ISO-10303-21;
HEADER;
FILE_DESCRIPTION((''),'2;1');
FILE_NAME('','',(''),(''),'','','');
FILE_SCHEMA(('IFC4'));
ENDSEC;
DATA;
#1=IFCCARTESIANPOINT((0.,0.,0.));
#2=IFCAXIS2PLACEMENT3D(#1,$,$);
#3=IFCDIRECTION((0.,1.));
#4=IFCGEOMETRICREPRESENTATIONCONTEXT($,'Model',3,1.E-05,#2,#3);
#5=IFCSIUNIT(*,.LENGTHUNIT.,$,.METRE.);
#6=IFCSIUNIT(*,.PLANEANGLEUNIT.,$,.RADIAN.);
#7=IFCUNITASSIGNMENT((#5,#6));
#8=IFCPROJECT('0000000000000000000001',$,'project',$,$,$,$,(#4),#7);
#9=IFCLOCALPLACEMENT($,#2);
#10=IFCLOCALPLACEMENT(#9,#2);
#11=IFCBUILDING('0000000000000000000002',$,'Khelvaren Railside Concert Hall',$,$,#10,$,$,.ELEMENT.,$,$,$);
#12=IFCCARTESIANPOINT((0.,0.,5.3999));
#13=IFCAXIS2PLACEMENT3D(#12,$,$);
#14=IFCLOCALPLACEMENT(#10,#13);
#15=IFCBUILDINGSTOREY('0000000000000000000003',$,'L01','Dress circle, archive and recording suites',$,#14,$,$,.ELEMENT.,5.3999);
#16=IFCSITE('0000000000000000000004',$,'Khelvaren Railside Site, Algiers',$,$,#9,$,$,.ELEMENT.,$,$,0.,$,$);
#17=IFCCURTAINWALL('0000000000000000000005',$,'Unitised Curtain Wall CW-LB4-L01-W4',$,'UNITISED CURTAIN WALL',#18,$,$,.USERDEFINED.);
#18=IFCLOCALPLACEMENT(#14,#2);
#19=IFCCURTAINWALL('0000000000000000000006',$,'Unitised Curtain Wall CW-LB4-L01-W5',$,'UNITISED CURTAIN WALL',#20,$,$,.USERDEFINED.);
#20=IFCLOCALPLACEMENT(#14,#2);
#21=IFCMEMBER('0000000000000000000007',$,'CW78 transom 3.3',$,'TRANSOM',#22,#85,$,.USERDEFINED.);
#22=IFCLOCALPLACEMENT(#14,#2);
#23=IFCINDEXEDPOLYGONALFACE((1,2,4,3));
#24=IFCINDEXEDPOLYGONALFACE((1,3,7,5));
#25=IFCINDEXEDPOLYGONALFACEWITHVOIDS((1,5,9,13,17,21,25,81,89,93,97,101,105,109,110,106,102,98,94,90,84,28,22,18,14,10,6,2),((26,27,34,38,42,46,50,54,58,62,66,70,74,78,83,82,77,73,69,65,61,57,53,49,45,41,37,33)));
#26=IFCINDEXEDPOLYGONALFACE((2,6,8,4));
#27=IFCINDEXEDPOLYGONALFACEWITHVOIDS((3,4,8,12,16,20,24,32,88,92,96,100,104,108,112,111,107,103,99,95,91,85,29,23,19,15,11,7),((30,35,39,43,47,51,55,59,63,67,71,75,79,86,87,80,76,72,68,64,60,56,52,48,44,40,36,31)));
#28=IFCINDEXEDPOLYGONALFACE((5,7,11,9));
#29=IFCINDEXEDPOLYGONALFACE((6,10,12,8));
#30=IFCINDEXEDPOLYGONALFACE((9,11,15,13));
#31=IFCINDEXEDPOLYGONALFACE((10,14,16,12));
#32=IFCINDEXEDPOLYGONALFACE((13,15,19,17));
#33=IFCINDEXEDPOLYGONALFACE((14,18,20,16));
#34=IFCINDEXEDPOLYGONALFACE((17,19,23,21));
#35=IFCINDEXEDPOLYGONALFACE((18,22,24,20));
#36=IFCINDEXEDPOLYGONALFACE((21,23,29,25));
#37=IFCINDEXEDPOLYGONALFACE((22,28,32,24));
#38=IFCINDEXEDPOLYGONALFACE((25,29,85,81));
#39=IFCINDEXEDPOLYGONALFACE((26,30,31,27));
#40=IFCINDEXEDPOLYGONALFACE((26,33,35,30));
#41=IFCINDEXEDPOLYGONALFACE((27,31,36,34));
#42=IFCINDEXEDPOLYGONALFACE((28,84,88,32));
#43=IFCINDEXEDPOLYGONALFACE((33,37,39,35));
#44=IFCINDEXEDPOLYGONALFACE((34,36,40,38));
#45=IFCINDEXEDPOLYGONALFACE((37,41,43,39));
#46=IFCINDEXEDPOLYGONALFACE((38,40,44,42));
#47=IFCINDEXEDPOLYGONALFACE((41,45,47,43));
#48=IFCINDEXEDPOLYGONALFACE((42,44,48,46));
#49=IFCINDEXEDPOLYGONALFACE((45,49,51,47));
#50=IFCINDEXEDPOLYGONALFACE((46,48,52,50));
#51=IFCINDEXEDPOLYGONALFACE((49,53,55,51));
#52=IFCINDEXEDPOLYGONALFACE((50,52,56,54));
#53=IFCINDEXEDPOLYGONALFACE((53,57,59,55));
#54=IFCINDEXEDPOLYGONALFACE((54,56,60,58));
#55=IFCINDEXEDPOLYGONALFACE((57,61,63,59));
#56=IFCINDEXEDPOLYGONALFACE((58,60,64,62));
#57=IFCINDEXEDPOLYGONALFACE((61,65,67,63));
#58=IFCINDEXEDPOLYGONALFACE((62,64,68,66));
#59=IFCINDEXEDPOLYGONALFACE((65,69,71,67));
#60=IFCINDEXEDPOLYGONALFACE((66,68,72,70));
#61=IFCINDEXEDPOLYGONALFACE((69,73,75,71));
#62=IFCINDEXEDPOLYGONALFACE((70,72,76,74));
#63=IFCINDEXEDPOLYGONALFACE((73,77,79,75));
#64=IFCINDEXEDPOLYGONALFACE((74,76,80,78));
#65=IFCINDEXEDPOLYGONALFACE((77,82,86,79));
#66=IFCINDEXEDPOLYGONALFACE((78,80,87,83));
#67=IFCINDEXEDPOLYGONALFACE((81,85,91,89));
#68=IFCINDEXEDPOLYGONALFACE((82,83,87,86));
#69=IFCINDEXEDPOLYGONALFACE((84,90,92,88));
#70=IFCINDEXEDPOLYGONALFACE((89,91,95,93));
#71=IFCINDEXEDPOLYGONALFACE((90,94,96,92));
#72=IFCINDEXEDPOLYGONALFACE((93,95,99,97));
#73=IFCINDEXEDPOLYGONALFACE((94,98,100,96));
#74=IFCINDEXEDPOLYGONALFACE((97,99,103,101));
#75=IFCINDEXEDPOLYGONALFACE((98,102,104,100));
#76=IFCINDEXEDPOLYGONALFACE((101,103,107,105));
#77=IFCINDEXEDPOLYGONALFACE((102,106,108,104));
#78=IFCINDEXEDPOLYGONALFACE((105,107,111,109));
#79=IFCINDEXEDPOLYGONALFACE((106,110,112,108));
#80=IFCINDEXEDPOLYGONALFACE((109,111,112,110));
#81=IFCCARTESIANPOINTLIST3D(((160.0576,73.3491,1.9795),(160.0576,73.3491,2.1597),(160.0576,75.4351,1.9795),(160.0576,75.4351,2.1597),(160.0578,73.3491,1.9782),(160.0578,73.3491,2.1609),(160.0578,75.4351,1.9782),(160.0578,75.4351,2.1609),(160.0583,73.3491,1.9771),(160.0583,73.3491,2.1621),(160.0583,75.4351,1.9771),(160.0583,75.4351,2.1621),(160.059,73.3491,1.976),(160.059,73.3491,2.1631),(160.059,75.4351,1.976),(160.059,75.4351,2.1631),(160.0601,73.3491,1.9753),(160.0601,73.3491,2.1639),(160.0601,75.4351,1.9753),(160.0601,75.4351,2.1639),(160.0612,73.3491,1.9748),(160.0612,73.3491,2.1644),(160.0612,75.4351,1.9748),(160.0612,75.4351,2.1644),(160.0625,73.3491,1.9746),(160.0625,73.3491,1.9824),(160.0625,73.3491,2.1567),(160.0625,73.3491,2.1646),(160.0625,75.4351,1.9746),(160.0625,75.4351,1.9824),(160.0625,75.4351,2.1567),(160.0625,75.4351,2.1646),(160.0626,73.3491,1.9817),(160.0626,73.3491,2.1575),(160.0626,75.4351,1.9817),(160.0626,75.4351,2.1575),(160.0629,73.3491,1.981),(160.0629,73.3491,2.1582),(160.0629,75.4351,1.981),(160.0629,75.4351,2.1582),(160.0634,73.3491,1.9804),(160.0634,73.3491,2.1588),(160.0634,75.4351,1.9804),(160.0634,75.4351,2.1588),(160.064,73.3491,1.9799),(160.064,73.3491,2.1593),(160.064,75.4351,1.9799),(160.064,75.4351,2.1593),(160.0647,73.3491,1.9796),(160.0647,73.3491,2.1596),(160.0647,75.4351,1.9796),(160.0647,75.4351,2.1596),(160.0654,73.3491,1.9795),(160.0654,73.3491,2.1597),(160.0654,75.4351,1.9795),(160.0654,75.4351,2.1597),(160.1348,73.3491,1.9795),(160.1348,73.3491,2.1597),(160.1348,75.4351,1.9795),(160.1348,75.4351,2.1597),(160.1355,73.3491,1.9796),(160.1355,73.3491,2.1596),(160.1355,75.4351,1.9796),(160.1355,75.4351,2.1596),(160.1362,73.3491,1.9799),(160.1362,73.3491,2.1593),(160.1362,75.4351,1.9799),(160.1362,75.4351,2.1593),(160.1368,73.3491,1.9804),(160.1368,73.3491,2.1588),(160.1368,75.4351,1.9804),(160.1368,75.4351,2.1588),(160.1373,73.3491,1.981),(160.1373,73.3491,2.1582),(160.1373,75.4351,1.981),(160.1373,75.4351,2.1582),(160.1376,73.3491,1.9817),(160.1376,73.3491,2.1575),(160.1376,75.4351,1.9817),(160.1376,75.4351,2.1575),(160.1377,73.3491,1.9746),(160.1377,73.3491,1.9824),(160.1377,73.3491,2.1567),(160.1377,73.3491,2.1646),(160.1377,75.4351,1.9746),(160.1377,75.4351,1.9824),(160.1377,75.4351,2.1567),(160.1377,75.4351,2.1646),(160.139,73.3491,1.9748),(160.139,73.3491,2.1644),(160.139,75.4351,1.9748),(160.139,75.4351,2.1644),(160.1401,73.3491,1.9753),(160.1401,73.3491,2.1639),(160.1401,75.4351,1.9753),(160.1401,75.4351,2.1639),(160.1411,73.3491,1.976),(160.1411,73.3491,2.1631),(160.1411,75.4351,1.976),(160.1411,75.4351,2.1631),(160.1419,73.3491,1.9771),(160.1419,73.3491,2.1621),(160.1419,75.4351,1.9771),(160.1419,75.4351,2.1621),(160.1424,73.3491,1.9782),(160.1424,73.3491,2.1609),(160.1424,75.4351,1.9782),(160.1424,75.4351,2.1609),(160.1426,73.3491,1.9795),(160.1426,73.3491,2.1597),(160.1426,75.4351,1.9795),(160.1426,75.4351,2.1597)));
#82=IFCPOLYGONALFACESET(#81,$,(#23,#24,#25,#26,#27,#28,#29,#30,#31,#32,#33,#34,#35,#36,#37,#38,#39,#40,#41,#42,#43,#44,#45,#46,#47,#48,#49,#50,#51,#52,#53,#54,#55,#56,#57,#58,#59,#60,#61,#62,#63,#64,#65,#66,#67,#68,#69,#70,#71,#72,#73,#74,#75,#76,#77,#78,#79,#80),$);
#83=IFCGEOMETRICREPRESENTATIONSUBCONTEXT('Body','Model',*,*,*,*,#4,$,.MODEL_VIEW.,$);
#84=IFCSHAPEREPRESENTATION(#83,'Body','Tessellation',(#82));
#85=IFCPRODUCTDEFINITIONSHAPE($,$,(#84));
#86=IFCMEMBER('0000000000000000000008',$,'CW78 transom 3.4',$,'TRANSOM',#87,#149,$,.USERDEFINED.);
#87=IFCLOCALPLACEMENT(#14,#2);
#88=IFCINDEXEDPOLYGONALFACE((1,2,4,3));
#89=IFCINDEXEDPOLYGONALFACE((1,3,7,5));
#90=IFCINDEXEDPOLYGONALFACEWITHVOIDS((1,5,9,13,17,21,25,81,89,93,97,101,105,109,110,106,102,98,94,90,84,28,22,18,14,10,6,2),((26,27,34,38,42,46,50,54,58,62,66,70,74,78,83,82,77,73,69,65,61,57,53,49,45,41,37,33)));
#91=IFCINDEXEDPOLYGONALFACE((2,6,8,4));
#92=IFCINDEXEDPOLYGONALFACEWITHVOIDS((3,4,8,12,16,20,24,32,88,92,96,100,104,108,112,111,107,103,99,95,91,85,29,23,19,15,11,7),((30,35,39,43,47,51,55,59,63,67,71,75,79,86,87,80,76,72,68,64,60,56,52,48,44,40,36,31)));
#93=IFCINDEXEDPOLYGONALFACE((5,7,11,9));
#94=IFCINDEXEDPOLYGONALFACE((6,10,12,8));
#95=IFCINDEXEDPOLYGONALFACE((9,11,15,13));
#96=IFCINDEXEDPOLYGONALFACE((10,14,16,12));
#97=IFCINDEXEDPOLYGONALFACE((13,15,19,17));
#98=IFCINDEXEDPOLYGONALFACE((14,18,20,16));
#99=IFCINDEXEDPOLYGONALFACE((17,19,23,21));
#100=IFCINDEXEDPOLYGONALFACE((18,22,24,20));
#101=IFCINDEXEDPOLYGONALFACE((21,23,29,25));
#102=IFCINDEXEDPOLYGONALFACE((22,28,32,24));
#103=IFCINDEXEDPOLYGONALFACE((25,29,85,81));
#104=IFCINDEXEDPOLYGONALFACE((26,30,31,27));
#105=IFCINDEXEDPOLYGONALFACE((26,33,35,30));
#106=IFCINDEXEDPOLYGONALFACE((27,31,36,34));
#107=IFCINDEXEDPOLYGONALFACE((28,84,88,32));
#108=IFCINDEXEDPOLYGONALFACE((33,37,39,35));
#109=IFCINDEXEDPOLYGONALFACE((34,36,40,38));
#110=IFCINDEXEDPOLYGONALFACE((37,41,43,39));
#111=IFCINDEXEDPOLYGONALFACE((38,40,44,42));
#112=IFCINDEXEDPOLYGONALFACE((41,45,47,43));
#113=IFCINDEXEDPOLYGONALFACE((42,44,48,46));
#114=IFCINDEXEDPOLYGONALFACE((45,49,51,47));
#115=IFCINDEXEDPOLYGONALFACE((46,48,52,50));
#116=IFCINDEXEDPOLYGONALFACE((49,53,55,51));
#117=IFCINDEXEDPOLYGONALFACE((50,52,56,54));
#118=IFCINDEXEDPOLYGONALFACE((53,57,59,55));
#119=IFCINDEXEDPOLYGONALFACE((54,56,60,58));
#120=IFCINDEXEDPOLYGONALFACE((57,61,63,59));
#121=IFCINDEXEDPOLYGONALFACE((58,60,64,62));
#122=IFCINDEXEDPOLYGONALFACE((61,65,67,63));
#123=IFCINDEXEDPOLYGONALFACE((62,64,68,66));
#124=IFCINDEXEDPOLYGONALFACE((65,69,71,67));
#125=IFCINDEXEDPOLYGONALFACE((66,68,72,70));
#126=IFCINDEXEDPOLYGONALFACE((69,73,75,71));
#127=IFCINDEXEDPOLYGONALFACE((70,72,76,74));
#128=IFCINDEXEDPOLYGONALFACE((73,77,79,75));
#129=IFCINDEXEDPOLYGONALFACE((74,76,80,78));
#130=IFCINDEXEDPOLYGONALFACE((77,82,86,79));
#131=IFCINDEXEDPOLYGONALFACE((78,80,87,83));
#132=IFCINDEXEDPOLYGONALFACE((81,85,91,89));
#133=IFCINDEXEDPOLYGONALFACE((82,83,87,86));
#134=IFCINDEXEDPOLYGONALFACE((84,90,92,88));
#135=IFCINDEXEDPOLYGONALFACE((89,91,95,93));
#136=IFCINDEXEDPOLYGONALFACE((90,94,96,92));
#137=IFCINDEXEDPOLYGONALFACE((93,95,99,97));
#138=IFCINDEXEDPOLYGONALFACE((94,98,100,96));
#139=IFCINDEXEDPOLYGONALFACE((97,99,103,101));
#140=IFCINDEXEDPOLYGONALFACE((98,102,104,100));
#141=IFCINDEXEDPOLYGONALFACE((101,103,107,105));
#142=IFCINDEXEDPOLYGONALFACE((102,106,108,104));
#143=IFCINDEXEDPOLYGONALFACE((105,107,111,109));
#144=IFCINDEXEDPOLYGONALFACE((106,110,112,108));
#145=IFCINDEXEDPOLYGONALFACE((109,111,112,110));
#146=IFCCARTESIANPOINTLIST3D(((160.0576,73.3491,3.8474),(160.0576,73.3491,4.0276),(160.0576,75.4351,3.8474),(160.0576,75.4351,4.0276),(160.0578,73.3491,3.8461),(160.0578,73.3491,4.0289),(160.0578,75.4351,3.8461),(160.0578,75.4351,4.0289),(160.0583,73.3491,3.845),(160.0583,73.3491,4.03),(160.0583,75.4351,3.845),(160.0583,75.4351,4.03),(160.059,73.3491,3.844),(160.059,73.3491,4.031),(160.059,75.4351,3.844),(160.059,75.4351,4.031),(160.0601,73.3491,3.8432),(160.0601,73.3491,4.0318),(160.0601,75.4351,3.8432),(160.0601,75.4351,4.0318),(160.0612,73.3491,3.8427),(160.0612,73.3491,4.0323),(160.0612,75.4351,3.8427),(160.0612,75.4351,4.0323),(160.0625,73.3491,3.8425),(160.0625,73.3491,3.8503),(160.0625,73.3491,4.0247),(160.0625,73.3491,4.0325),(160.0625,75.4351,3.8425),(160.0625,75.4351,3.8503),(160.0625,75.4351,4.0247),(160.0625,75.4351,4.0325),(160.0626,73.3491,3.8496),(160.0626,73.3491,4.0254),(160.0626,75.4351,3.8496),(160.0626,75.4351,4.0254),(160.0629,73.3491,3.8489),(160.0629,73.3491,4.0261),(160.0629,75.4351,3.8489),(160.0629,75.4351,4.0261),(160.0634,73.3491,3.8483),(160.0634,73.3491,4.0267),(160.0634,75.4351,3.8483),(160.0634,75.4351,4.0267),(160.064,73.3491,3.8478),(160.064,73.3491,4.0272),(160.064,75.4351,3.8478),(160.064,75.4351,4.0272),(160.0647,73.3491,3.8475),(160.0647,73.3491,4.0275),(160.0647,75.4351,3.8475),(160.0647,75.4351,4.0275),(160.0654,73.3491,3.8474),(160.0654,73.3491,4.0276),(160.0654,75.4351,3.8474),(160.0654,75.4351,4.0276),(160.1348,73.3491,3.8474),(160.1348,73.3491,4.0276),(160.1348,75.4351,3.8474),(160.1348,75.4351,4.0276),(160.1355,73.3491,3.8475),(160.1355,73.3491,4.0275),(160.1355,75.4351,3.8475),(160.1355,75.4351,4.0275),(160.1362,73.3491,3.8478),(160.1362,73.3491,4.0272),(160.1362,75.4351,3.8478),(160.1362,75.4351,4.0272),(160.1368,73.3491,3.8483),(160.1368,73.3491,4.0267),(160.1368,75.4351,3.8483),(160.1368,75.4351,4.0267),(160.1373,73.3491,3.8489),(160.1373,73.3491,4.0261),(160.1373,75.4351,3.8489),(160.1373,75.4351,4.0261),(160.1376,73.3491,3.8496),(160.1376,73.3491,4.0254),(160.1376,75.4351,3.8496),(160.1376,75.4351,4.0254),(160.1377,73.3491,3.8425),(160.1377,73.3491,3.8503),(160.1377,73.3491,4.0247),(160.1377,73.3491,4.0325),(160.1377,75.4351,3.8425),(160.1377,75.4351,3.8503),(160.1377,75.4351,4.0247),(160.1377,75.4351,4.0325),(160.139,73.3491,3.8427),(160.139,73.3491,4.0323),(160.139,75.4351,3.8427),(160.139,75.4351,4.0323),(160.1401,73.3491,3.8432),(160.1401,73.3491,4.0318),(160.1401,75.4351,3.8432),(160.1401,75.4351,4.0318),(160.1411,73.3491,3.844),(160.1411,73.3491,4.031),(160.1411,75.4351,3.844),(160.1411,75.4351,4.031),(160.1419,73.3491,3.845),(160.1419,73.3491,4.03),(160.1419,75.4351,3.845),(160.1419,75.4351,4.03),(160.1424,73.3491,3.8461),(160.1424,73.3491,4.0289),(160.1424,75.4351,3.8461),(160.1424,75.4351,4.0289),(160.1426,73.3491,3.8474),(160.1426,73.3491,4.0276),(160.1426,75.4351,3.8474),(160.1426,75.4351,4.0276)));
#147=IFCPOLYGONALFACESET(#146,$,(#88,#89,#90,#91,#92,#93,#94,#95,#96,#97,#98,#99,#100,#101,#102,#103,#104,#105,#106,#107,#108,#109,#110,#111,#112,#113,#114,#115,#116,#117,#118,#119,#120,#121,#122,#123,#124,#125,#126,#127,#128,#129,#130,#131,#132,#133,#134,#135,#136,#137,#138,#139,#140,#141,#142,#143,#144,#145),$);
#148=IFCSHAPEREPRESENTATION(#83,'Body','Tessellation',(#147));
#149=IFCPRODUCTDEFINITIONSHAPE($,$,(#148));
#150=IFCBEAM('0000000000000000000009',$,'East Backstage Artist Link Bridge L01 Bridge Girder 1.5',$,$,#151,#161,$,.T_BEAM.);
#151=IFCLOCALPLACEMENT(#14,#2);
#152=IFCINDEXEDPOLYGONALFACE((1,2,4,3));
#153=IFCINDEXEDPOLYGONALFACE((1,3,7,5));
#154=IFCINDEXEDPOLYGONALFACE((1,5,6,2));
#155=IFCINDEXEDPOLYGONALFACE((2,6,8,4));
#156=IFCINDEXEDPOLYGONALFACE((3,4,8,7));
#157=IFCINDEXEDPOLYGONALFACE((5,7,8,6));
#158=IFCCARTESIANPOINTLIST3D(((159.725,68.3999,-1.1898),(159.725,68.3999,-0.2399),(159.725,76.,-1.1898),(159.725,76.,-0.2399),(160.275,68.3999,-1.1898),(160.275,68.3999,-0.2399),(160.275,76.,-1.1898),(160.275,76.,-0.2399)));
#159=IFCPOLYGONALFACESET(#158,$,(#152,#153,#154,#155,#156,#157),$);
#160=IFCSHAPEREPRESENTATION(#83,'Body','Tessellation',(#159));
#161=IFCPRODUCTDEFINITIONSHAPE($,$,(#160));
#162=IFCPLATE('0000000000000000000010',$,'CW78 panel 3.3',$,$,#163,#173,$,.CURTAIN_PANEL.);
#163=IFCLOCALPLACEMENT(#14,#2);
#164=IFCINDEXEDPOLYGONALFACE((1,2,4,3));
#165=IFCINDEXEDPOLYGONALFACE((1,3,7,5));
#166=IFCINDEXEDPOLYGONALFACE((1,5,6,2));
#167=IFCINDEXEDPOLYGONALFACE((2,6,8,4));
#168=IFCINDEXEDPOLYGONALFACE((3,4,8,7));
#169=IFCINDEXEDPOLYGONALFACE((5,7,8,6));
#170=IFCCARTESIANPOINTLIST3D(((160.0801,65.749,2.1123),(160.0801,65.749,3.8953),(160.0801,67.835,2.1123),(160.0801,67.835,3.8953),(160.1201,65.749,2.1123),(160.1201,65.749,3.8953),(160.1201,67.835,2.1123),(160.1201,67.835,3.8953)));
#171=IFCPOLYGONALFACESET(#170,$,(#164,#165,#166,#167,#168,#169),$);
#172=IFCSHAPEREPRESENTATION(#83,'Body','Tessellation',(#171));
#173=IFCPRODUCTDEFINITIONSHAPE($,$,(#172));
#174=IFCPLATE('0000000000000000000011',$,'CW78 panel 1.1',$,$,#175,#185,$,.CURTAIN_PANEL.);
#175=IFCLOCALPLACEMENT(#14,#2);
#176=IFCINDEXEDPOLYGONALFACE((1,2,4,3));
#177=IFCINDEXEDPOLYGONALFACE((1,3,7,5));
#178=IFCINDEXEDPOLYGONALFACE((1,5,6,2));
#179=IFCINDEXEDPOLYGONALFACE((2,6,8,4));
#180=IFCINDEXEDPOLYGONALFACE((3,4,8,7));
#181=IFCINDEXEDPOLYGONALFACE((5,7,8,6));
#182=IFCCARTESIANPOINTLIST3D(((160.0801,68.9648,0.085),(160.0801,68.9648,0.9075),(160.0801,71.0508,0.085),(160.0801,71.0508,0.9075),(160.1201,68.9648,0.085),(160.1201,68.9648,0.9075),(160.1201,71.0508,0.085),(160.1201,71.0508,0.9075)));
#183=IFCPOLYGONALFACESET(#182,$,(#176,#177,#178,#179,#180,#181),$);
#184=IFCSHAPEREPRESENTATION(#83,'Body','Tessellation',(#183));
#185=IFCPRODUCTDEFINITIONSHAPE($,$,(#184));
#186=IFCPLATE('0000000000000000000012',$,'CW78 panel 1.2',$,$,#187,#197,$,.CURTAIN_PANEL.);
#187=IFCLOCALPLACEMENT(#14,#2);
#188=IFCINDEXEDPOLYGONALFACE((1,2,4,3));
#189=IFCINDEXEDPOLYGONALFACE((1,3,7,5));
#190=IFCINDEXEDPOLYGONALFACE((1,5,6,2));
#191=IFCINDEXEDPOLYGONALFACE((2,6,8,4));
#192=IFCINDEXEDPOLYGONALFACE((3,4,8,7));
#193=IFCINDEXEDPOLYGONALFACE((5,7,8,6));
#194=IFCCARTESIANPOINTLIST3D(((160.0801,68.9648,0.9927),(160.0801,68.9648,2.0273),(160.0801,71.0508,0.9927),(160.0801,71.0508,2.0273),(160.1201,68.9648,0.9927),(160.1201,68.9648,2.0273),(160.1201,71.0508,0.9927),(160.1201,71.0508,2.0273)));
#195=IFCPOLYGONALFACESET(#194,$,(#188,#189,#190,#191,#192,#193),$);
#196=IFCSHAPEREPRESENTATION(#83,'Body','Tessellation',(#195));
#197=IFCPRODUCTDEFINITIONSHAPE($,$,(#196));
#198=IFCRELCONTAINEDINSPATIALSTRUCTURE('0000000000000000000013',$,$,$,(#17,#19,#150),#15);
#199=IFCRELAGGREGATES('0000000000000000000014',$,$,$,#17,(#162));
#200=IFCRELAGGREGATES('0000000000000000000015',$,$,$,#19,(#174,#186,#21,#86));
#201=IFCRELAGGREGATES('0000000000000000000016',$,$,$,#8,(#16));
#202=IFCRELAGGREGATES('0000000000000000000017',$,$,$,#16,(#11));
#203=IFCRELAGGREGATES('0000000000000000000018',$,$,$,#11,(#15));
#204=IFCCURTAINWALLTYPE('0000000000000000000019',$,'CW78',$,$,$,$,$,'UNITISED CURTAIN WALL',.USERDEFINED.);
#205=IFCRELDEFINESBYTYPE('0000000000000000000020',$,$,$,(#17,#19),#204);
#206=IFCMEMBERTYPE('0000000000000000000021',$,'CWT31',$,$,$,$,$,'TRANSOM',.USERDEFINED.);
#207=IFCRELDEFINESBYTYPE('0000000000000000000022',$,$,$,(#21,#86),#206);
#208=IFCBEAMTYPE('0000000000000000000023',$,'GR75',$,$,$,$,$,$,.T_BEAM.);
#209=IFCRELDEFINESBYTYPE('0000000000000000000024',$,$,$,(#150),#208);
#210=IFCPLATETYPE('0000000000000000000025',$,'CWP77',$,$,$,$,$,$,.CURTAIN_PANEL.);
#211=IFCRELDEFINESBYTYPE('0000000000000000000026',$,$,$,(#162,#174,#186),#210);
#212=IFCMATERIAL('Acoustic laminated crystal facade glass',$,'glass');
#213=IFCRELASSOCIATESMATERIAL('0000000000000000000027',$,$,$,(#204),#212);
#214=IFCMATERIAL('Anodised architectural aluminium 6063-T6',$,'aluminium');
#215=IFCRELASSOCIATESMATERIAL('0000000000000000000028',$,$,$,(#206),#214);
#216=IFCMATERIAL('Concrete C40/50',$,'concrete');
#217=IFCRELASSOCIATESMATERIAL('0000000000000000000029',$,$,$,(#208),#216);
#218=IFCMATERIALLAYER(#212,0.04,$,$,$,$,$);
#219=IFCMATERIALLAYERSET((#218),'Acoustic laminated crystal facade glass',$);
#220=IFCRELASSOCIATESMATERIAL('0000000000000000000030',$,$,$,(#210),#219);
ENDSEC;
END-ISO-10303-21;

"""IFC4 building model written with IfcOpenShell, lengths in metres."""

from ifc_helpers import new_model, si_unit, direction, frame, origin, origin_2d, place, context, subcontext, project, spatial, rectangle, hollow_rectangle, extrude, material, layer, layer_set, material_profile, profile_set, type_object, element, aggregate, save


model = new_model("IFC4")

# Units and contexts
model_context = context("Model", 3, precision=1e-05, world=origin(), true_north=direction((0.0, 1.0)))
body_context = subcontext(model_context, "Body", "Model", "MODEL_VIEW")
ifc_project = project(units=[si_unit("LENGTHUNIT", "METRE"), si_unit("PLANEANGLEUNIT", "RADIAN")], contexts=[model_context])

# Site, building, storey
site_placement = place(None, origin())
site = spatial("IfcSite", under=ifc_project, at=site_placement, Name="Khelvaren Railside Site, Algiers", CompositionType="ELEMENT", RefElevation=0.0)
building_placement = place(site_placement, origin())
building = spatial("IfcBuilding", under=site, at=building_placement, Name="Khelvaren Railside Concert Hall", CompositionType="ELEMENT")
storey_placement = place(building_placement, frame((0.0, 0.0, 5.3999)))
storey = spatial("IfcBuildingStorey", under=building, at=storey_placement, Name="L01", Description="Dress circle, archive and recording suites", CompositionType="ELEMENT", Elevation=5.3999)

# Curtain wall
ifc_material_1 = material(Name="Acoustic laminated crystal facade glass", Category="glass")
curtain_wall_type = type_object("IfcCurtainWallType", Name="CW78", ElementType="UNITISED CURTAIN WALL", PredefinedType="USERDEFINED", material=ifc_material_1)
curtain_wall_1_placement = place(storey_placement, origin())
curtain_wall_1 = element("IfcCurtainWall", 1, at=curtain_wall_1_placement, inside=storey, type_object=curtain_wall_type, Name="Unitised Curtain Wall CW-LB4-L01-W4", ObjectType="UNITISED CURTAIN WALL", PredefinedType="USERDEFINED")
ifc_material_2 = material(Name="Anodised architectural aluminium 6063-T6", Category="aluminium")

# Curtain wall, members
curtain_wall_2_placement = place(storey_placement, origin())
curtain_wall_2 = element("IfcCurtainWall", 2, at=curtain_wall_2_placement, inside=storey, type_object=curtain_wall_type, Name="Unitised Curtain Wall CW-LB4-L01-W5", ObjectType="UNITISED CURTAIN WALL", PredefinedType="USERDEFINED")
ifc_material_profile_1 = material_profile(ifc_material_2, hollow_rectangle(XDim=0.085, YDim=0.1899, WallThickness=0.0049, InnerFilletRadius=0.0029, OuterFilletRadius=0.0049, at=origin_2d()), Name="CWT 85x190x5")
ifc_profile_set_1 = profile_set([ifc_material_profile_1], Name="Anodised architectural aluminium 6063-T6")
member_type_1 = type_object("IfcMemberType", Name="CWT31", ElementType="TRANSOM", PredefinedType="USERDEFINED", material=ifc_profile_set_1)
member_1_placement = place(storey_placement, frame((160.1001, 73.3491, 2.0696), z_axis=(0.0, 1.0, 0.0), x_axis=(-1.0, 0.0, 0.0)))
member_1 = element("IfcMember", 3, at=member_1_placement, type_object=member_type_1, Name="CW78 transom 3.3", ObjectType="TRANSOM", PredefinedType="USERDEFINED", context=body_context, shape_type="SweptSolid", body=[
    extrude(hollow_rectangle(XDim=0.085, YDim=0.1899, WallThickness=0.0049, InnerFilletRadius=0.0029, OuterFilletRadius=0.0049, at=origin_2d()), origin(), (0.0, 0.0, 1.0), 2.0859),
])
member_2_placement = place(storey_placement, frame((160.1001, 73.3491, 3.9375), z_axis=(0.0, 1.0, 0.0), x_axis=(-1.0, 0.0, 0.0)))
member_2 = element("IfcMember", 4, at=member_2_placement, type_object=member_type_1, Name="CW78 transom 3.4", ObjectType="TRANSOM", PredefinedType="USERDEFINED", context=body_context, shape_type="SweptSolid", body=[
    extrude(hollow_rectangle(XDim=0.085, YDim=0.1899, WallThickness=0.0049, InnerFilletRadius=0.0029, OuterFilletRadius=0.0049, at=origin_2d()), origin(), (0.0, 0.0, 1.0), 2.0859),
])

# Beam
ifc_material_3 = material(Name="Concrete C40/50", Category="concrete")
ifc_material_profile_2 = material_profile(ifc_material_3, rectangle(XDim=0.55, YDim=0.95, at=origin_2d()), Name="RCB 550x950")
ifc_profile_set_2 = profile_set([ifc_material_profile_2], Name="Concrete C40/50")
beam_type = type_object("IfcBeamType", Name="GR75", PredefinedType="T_BEAM", material=ifc_profile_set_2)
beam_placement = place(storey_placement, frame((160.0, 68.3999, -0.7148), z_axis=(0.0, 1.0, 0.0), x_axis=(-1.0, 0.0, 0.0)))
element("IfcBeam", 5, at=beam_placement, inside=storey, type_object=beam_type, Name="East Backstage Artist Link Bridge L01 Bridge Girder 1.5", PredefinedType="T_BEAM", context=body_context, shape_type="SweptSolid", body=[
    extrude(rectangle(XDim=0.55, YDim=0.95, at=origin_2d()), origin(), (0.0, 0.0, 1.0), 7.6001),
])

# Plates
ifc_layer = layer(ifc_material_1, 0.04)
ifc_layer_set = layer_set([ifc_layer], Name="Acoustic laminated crystal facade glass")
plate_type = type_object("IfcPlateType", Name="CWP77", PredefinedType="CURTAIN_PANEL", material=ifc_layer_set)
plate_1_placement = place(storey_placement, frame((160.1001, 66.792, 2.1123), z_axis=(0.0, 0.0, 1.0), x_axis=(0.0, 1.0, 0.0)))
plate_1 = element("IfcPlate", 6, at=plate_1_placement, type_object=plate_type, Name="CW78 panel 3.3", PredefinedType="CURTAIN_PANEL", context=body_context, shape_type="SweptSolid", body=[
    extrude(rectangle(XDim=2.0859, YDim=0.04, at=origin_2d()), origin(), (0.0, 0.0, 1.0), 1.783),
])
aggregate(curtain_wall_1, [plate_1])
plate_2_placement = place(storey_placement, frame((160.1001, 70.0078, 0.085), z_axis=(0.0, 0.0, 1.0), x_axis=(0.0, 1.0, 0.0)))
plate_2 = element("IfcPlate", 7, at=plate_2_placement, type_object=plate_type, Name="CW78 panel 1.1", PredefinedType="CURTAIN_PANEL", context=body_context, shape_type="SweptSolid", body=[
    extrude(rectangle(XDim=2.0859, YDim=0.04, at=origin_2d()), origin(), (0.0, 0.0, 1.0), 0.8225),
])
plate_3_placement = place(storey_placement, frame((160.1001, 70.0078, 0.9927), z_axis=(0.0, 0.0, 1.0), x_axis=(0.0, 1.0, 0.0)))
plate_3 = element("IfcPlate", 8, at=plate_3_placement, type_object=plate_type, Name="CW78 panel 1.2", PredefinedType="CURTAIN_PANEL", context=body_context, shape_type="SweptSolid", body=[
    extrude(rectangle(XDim=2.0859, YDim=0.04, at=origin_2d()), origin(), (0.0, 0.0, 1.0), 1.0347),
])
aggregate(curtain_wall_2, [plate_2, plate_3, member_1, member_2])

save(model, "model.ifc")
